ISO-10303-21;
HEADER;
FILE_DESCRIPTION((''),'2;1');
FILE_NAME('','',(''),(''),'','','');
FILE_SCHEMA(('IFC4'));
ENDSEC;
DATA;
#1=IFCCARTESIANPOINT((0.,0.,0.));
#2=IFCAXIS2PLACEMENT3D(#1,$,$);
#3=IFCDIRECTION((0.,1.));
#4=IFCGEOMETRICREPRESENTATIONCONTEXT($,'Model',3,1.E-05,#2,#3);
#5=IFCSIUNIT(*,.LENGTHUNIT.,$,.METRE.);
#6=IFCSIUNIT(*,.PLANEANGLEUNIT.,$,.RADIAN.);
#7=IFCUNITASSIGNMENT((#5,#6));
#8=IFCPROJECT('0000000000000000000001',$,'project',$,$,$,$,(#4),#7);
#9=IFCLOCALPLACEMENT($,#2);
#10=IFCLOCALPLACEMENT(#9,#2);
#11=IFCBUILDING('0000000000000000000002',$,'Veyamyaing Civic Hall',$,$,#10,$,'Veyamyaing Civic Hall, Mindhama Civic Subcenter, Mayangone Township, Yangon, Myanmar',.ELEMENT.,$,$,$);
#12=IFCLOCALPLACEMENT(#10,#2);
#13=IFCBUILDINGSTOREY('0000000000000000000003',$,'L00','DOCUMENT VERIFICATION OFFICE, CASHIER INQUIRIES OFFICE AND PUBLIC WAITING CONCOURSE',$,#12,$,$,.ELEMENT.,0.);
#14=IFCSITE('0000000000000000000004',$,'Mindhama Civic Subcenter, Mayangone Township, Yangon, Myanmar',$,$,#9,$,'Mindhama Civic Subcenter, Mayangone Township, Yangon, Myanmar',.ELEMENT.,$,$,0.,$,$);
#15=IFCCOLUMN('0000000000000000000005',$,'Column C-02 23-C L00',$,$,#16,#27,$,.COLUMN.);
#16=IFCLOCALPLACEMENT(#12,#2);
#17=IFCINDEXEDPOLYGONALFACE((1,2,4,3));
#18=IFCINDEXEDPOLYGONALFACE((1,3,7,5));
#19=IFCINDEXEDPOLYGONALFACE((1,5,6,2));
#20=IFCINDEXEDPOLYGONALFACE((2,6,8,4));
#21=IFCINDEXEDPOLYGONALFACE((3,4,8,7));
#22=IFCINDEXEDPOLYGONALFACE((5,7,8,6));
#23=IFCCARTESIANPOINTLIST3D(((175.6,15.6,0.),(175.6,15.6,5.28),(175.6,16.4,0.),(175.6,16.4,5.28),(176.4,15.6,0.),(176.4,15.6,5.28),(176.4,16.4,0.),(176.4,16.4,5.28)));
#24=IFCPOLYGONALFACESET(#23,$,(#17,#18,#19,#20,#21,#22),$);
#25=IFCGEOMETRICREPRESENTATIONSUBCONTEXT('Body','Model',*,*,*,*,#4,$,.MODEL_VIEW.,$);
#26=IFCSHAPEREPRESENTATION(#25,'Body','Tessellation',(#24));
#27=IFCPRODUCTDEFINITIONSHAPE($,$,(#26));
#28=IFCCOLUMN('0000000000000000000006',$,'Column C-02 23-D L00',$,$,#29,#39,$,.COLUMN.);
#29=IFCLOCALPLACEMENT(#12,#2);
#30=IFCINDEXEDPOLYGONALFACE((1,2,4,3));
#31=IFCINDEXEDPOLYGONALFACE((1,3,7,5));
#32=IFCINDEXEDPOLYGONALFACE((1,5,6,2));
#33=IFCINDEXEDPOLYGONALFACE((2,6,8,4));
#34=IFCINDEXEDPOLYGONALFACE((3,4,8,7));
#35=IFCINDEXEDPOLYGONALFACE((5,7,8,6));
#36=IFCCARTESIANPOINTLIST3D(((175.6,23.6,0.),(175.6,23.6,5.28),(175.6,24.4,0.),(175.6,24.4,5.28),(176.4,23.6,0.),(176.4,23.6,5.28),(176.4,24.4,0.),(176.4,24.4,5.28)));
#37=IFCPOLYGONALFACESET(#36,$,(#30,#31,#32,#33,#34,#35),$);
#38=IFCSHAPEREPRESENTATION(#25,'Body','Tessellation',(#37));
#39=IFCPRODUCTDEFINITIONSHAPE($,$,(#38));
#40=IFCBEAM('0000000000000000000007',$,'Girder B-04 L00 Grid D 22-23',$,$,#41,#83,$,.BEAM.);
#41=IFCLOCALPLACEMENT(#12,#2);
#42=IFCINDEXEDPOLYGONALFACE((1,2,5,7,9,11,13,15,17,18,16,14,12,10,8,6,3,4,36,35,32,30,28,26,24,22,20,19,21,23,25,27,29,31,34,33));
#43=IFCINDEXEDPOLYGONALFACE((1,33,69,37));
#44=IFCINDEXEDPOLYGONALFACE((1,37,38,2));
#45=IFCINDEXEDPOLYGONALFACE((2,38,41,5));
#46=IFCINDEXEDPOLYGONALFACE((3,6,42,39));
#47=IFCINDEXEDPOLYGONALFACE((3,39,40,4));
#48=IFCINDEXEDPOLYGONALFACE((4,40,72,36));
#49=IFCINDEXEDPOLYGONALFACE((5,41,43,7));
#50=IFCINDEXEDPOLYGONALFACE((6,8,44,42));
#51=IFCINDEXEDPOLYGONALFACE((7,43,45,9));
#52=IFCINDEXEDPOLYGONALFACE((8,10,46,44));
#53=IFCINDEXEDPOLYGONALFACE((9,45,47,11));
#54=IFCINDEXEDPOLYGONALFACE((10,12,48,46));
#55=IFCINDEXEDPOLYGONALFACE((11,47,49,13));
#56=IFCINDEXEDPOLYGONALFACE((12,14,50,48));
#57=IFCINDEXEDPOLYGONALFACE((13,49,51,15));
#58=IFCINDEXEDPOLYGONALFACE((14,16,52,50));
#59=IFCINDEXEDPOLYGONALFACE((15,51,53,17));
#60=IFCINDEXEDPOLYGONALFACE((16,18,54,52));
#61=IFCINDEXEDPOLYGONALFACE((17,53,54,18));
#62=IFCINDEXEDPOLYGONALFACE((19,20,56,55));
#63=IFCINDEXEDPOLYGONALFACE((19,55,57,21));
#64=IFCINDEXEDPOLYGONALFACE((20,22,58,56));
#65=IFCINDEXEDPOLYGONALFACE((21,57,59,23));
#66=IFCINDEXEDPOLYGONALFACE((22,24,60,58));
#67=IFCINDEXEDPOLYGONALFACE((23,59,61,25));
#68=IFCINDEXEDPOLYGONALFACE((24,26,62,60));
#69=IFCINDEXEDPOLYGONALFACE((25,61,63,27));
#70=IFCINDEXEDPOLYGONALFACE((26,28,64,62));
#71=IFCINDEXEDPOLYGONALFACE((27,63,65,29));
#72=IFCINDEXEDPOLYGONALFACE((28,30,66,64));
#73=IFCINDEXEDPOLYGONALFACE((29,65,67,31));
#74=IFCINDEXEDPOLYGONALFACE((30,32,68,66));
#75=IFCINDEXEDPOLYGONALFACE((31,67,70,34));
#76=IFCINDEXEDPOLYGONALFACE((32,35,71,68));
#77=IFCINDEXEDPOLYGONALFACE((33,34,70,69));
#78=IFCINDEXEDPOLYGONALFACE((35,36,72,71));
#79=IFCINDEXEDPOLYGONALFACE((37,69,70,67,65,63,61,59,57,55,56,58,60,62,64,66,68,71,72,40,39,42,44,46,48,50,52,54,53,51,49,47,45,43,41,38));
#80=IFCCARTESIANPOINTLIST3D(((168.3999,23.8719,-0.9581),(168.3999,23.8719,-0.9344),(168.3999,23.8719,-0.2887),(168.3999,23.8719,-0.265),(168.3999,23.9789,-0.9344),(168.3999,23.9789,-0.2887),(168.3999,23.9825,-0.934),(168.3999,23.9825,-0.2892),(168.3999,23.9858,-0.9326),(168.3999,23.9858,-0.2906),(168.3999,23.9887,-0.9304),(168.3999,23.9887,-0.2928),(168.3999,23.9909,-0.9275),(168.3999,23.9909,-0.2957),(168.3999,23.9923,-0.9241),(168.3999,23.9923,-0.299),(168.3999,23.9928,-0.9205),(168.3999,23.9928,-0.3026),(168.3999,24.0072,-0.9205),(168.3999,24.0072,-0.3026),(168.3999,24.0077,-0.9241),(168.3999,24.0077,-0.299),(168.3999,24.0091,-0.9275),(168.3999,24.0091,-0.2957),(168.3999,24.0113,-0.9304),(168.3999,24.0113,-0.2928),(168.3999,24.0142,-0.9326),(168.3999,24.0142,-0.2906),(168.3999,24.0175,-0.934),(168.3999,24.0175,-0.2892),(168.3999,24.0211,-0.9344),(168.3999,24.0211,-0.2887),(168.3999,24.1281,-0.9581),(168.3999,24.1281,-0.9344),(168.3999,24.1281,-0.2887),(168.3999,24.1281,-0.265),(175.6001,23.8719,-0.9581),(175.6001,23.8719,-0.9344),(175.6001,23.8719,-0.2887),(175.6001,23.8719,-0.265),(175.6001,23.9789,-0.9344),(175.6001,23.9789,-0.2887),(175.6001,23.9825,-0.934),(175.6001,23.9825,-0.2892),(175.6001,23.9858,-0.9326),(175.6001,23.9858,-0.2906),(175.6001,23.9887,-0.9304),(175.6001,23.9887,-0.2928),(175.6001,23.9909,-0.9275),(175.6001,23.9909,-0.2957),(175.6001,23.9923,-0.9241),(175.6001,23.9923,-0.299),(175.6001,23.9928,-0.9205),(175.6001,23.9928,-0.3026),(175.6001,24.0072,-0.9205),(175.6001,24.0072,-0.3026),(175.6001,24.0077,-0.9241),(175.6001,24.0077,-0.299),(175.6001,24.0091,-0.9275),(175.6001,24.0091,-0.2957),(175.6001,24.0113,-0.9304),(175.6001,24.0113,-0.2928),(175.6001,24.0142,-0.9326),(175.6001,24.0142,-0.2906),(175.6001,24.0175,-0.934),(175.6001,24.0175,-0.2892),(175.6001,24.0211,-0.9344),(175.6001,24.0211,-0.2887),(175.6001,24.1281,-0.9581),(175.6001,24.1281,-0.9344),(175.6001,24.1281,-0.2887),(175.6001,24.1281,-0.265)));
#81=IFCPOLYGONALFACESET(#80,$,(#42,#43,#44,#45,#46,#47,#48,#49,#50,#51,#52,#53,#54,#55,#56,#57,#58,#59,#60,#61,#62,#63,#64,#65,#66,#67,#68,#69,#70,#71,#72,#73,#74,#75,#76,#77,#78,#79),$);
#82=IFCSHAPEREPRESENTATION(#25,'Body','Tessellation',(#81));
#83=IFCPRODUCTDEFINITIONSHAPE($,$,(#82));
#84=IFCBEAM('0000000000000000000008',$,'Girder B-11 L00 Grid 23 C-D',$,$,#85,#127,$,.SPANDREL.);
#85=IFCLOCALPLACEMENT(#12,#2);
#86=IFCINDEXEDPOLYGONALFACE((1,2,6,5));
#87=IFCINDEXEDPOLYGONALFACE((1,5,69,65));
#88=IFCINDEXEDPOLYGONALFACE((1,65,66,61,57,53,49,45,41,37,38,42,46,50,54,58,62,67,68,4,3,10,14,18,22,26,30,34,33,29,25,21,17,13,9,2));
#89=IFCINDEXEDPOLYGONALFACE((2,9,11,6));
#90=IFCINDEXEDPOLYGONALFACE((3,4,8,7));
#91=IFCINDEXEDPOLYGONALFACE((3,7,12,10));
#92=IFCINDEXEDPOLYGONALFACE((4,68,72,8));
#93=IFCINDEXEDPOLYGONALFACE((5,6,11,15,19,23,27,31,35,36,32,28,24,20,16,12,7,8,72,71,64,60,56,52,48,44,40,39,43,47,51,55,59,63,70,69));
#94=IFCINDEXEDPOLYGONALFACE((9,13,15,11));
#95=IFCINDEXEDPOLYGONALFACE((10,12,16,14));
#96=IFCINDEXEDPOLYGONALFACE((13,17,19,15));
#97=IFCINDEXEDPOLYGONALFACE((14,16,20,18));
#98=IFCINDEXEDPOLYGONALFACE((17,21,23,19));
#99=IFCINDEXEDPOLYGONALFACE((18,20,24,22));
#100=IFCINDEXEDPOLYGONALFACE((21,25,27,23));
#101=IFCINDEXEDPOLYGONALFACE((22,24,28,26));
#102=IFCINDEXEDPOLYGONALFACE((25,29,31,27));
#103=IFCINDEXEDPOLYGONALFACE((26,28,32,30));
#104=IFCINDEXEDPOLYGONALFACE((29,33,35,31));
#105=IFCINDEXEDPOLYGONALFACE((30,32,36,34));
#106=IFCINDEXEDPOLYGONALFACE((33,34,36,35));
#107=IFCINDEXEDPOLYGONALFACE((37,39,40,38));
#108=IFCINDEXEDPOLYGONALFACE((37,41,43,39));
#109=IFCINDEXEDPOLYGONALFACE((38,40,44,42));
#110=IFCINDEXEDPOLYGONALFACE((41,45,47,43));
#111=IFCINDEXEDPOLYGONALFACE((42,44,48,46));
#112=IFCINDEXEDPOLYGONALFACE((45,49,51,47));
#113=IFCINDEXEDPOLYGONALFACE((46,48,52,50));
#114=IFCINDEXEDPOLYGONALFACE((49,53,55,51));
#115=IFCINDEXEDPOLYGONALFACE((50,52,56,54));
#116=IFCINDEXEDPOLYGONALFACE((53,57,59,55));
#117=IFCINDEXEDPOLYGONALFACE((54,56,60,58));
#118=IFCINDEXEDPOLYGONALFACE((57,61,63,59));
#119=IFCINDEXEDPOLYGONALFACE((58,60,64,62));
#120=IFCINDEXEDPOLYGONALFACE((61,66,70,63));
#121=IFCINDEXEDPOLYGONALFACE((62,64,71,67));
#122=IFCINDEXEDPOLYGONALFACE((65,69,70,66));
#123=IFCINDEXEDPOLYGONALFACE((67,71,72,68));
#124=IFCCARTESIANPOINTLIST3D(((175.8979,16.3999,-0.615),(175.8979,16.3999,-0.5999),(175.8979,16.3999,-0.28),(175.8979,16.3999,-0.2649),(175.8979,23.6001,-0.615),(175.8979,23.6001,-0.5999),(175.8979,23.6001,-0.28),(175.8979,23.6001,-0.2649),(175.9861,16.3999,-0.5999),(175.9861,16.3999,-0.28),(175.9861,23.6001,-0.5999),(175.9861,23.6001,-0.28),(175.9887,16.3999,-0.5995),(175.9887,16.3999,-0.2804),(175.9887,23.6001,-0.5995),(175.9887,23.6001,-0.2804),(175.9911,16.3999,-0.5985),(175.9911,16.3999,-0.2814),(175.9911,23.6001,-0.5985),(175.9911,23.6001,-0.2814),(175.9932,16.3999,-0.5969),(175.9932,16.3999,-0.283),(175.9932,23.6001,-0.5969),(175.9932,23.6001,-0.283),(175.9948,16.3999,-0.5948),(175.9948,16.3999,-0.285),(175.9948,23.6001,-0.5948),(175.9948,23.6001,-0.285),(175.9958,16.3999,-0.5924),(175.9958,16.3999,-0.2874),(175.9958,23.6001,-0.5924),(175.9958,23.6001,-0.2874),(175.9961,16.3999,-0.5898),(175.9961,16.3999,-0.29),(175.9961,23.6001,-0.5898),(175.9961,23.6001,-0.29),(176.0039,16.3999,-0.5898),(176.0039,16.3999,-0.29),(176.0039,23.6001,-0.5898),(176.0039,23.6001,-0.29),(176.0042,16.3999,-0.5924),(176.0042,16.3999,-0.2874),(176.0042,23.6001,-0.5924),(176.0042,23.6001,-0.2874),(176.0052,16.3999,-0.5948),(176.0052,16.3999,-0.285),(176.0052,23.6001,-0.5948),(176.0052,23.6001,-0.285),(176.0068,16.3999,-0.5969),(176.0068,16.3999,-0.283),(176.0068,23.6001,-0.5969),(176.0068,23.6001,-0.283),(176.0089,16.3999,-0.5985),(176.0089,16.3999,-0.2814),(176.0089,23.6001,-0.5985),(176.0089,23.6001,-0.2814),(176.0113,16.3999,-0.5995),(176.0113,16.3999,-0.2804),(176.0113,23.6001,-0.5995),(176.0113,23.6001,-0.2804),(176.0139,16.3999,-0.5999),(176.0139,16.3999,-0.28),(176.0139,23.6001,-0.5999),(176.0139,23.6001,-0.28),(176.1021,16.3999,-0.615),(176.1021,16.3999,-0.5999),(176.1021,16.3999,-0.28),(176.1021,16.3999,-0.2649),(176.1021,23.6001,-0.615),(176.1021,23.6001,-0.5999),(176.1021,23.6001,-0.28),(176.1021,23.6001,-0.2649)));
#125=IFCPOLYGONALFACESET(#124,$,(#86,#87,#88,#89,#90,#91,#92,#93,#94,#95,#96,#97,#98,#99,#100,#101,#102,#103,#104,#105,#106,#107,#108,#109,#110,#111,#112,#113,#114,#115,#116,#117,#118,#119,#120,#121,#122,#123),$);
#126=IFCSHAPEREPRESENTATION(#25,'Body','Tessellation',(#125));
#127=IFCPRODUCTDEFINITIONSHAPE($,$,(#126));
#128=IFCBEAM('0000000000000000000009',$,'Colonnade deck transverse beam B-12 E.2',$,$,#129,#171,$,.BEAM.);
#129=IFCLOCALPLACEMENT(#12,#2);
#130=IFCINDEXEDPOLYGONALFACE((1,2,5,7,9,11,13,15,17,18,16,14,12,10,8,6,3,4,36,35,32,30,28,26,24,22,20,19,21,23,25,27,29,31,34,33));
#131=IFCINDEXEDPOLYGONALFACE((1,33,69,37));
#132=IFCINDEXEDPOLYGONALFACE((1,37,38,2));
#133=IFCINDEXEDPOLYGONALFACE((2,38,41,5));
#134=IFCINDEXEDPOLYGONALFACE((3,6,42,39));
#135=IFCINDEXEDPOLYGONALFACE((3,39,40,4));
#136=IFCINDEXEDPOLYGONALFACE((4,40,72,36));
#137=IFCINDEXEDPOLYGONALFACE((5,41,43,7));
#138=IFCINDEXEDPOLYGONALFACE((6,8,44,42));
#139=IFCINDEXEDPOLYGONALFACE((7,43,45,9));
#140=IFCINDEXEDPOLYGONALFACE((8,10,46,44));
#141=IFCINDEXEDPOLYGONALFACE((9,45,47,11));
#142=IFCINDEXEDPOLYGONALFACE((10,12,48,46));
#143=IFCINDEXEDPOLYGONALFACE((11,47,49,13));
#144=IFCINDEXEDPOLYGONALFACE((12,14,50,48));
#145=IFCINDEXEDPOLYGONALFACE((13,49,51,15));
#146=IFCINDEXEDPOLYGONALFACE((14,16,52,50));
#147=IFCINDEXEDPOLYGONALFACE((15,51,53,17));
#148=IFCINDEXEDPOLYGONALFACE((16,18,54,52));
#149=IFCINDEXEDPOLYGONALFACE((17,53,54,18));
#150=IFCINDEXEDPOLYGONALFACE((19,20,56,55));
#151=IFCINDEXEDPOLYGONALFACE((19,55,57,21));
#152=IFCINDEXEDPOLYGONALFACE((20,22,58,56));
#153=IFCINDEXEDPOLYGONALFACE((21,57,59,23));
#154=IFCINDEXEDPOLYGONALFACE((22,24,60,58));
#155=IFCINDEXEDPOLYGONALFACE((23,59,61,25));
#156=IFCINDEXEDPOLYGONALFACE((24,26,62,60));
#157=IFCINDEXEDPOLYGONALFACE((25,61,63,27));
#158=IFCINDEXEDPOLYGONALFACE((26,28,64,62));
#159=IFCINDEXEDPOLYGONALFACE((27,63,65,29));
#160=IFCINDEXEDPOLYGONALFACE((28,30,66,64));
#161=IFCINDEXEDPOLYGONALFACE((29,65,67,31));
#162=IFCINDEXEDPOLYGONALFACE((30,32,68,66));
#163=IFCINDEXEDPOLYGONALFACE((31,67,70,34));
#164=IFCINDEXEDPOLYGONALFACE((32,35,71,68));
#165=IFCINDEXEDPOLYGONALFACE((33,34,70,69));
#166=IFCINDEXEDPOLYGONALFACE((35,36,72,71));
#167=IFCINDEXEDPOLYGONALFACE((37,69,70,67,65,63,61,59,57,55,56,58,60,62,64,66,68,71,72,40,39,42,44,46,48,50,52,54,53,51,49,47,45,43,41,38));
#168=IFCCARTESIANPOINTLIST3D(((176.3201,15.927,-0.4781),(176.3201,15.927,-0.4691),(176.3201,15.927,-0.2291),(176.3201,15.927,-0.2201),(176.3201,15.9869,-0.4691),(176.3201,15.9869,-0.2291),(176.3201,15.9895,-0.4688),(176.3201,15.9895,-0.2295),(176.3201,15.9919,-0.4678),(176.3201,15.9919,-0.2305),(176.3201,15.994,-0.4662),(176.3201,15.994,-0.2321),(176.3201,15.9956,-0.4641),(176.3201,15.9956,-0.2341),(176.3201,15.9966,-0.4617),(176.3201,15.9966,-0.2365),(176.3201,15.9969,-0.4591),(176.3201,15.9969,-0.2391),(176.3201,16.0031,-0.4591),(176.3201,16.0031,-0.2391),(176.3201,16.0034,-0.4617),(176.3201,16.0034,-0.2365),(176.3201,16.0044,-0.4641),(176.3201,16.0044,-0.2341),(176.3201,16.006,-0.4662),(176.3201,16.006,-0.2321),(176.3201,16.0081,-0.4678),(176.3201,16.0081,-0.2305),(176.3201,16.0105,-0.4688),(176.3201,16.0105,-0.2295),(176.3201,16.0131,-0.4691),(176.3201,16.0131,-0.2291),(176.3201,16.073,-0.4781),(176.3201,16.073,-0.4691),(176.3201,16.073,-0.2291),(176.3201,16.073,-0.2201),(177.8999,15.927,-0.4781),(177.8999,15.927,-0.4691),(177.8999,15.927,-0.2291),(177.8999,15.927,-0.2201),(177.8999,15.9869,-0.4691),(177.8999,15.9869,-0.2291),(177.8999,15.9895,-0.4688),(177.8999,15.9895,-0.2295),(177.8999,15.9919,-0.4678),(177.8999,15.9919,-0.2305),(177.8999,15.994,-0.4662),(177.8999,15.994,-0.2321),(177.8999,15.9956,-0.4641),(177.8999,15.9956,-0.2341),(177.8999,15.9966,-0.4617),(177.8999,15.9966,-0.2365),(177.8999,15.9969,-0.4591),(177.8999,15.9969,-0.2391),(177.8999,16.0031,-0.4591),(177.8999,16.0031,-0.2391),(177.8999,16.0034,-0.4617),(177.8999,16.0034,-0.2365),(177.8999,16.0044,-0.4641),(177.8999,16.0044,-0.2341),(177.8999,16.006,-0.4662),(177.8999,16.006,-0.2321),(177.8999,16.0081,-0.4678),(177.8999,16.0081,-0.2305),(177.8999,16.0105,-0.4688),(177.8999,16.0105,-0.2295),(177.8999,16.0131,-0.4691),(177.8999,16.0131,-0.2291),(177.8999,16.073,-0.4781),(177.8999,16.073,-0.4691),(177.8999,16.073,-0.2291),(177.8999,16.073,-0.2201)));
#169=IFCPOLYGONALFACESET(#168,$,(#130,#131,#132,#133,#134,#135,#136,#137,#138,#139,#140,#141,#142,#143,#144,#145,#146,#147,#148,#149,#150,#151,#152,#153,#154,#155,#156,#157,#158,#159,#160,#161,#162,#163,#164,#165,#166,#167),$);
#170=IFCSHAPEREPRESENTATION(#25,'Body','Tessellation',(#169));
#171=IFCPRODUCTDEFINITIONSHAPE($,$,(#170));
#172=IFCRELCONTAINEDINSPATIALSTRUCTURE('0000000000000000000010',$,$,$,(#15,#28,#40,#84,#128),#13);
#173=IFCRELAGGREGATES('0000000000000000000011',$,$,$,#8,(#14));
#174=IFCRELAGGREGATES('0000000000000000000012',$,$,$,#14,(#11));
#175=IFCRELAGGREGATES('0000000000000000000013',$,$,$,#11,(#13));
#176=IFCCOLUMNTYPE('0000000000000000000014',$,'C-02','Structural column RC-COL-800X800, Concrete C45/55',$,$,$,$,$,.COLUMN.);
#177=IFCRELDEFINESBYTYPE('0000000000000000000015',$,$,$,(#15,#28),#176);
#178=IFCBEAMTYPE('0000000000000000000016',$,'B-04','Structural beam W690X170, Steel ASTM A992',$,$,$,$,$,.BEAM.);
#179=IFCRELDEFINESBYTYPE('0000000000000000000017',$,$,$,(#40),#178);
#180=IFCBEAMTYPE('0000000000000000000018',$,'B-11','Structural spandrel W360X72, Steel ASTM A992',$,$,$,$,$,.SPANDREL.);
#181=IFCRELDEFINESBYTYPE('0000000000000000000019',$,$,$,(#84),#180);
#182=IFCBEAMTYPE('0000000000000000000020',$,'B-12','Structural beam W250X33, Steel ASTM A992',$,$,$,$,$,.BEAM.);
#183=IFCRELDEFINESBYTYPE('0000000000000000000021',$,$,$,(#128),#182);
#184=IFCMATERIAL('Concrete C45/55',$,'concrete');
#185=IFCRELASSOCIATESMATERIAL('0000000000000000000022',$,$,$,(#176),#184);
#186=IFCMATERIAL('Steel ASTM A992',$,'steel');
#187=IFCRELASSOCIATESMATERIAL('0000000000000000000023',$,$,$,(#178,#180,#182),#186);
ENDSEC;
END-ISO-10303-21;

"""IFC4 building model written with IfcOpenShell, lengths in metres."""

from ifc_helpers import new_model, si_unit, direction, frame, origin, origin_2d, place, context, subcontext, project, spatial, rectangle, i_section, extrude, material, material_profile, profile_set, type_object, element, save


model = new_model("IFC4")

# Units and contexts
model_context = context("Model", 3, precision=1e-05, world=origin(), true_north=direction((0.0, 1.0)))
body_context = subcontext(model_context, "Body", "Model", "MODEL_VIEW")
ifc_project = project(units=[si_unit("LENGTHUNIT", "METRE"), si_unit("PLANEANGLEUNIT", "RADIAN")], contexts=[model_context])

# Site, building, storey
site_placement = place(None, origin())
site = spatial("IfcSite", under=ifc_project, at=site_placement, Name="Mindhama Civic Subcenter, Mayangone Township, Yangon, Myanmar", LongName="Mindhama Civic Subcenter, Mayangone Township, Yangon, Myanmar", CompositionType="ELEMENT", RefElevation=0.0)
building_placement = place(site_placement, origin())
building = spatial("IfcBuilding", under=site, at=building_placement, Name="Veyamyaing Civic Hall", LongName="Veyamyaing Civic Hall, Mindhama Civic Subcenter, Mayangone Township, Yangon, Myanmar", CompositionType="ELEMENT")
storey_placement = place(building_placement, origin())
storey = spatial("IfcBuildingStorey", under=building, at=storey_placement, Name="L00", Description="DOCUMENT VERIFICATION OFFICE, CASHIER INQUIRIES OFFICE AND PUBLIC WAITING CONCOURSE", CompositionType="ELEMENT", Elevation=0.0)

# Columns
ifc_material_1 = material(Name="Concrete C45/55", Category="concrete")
ifc_material_profile_1 = material_profile(ifc_material_1, rectangle(XDim=0.8, YDim=0.8, at=origin_2d()), Name="RC-COL-800X800")
ifc_profile_set_1 = profile_set([ifc_material_profile_1], Name="Concrete C45/55")
column_type = type_object("IfcColumnType", Name="C-02", Description="Structural column RC-COL-800X800, Concrete C45/55", PredefinedType="COLUMN", material=ifc_profile_set_1)
for number, where, z_axis, x_axis, name in (
    (1, (176.0, 16.0, 0.0), (0.0, 0.0, 1.0), (1.0, 0.0, 0.0), "Column C-02 23-C L00"),
    (2, (176.0, 24.0, 0.0), (0.0, 0.0, 1.0), (1.0, 0.0, 0.0), "Column C-02 23-D L00"),
):
    element("IfcColumn", number, at=place(storey_placement, frame(where, z_axis=z_axis, x_axis=x_axis)), inside=storey, type_object=column_type, Name=name, PredefinedType="COLUMN", context=body_context, shape_type="SweptSolid", body=[
        extrude(rectangle(XDim=0.8, YDim=0.8, at=origin_2d()), origin(), (0.0, 0.0, 1.0), 5.28),
    ])

# Beams
ifc_material_2 = material(Name="Steel ASTM A992", Category="steel")
ifc_material_profile_2 = material_profile(ifc_material_2, i_section(OverallWidth=0.2561, OverallDepth=0.6931, WebThickness=0.0144, FlangeThickness=0.0237, FilletRadius=0.0139, at=origin_2d()), Name="W690X170")
ifc_profile_set_2 = profile_set([ifc_material_profile_2], Name="Steel ASTM A992")
beam_type_1 = type_object("IfcBeamType", Name="B-04", Description="Structural beam W690X170, Steel ASTM A992", PredefinedType="BEAM", material=ifc_profile_set_2)
beam_1_placement = place(storey_placement, frame((168.3999, 24.0, -0.6116), z_axis=(1.0, 0.0, 0.0), x_axis=(0.0, 1.0, 0.0)))
element("IfcBeam", 3, at=beam_1_placement, inside=storey, type_object=beam_type_1, Name="Girder B-04 L00 Grid D 22-23", PredefinedType="BEAM", context=body_context, shape_type="SweptSolid", body=[
    extrude(i_section(OverallWidth=0.2561, OverallDepth=0.6931, WebThickness=0.0144, FlangeThickness=0.0237, FilletRadius=0.0139, at=origin_2d()), origin(), (0.0, 0.0, 1.0), 7.2002),
])
ifc_material_profile_3 = material_profile(ifc_material_2, i_section(OverallWidth=0.2041, OverallDepth=0.3501, WebThickness=0.0078, FlangeThickness=0.0151, FilletRadius=0.01, at=origin_2d()), Name="W360X72")
ifc_profile_set_3 = profile_set([ifc_material_profile_3], Name="Steel ASTM A992")
beam_type_2 = type_object("IfcBeamType", Name="B-11", Description="Structural spandrel W360X72, Steel ASTM A992", PredefinedType="SPANDREL", material=ifc_profile_set_3)
beam_2_placement = place(storey_placement, frame((176.0, 16.3999, -0.4399), z_axis=(0.0, 1.0, 0.0), x_axis=(-1.0, 0.0, 0.0)))
element("IfcBeam", 4, at=beam_2_placement, inside=storey, type_object=beam_type_2, Name="Girder B-11 L00 Grid 23 C-D", PredefinedType="SPANDREL", context=body_context, shape_type="SweptSolid", body=[
    extrude(i_section(OverallWidth=0.2041, OverallDepth=0.3501, WebThickness=0.0078, FlangeThickness=0.0151, FilletRadius=0.01, at=origin_2d()), origin(), (0.0, 0.0, 1.0), 7.2002),
])
ifc_material_profile_4 = material_profile(ifc_material_2, i_section(OverallWidth=0.146, OverallDepth=0.2581, WebThickness=0.0061, FlangeThickness=0.009, FilletRadius=0.01, at=origin_2d()), Name="W250X33")
ifc_profile_set_4 = profile_set([ifc_material_profile_4], Name="Steel ASTM A992")
beam_type_3 = type_object("IfcBeamType", Name="B-12", Description="Structural beam W250X33, Steel ASTM A992", PredefinedType="BEAM", material=ifc_profile_set_4)
beam_3_placement = place(storey_placement, frame((176.3201, 16.0, -0.3491), z_axis=(1.0, 0.0, 0.0), x_axis=(0.0, 1.0, 0.0)))
element("IfcBeam", 5, at=beam_3_placement, inside=storey, type_object=beam_type_3, Name="Colonnade deck transverse beam B-12 E.2", PredefinedType="BEAM", context=body_context, shape_type="SweptSolid", body=[
    extrude(i_section(OverallWidth=0.146, OverallDepth=0.2581, WebThickness=0.0061, FlangeThickness=0.009, FilletRadius=0.01, at=origin_2d()), origin(), (0.0, 0.0, 1.0), 1.5798),
])

save(model, "model.ifc")
